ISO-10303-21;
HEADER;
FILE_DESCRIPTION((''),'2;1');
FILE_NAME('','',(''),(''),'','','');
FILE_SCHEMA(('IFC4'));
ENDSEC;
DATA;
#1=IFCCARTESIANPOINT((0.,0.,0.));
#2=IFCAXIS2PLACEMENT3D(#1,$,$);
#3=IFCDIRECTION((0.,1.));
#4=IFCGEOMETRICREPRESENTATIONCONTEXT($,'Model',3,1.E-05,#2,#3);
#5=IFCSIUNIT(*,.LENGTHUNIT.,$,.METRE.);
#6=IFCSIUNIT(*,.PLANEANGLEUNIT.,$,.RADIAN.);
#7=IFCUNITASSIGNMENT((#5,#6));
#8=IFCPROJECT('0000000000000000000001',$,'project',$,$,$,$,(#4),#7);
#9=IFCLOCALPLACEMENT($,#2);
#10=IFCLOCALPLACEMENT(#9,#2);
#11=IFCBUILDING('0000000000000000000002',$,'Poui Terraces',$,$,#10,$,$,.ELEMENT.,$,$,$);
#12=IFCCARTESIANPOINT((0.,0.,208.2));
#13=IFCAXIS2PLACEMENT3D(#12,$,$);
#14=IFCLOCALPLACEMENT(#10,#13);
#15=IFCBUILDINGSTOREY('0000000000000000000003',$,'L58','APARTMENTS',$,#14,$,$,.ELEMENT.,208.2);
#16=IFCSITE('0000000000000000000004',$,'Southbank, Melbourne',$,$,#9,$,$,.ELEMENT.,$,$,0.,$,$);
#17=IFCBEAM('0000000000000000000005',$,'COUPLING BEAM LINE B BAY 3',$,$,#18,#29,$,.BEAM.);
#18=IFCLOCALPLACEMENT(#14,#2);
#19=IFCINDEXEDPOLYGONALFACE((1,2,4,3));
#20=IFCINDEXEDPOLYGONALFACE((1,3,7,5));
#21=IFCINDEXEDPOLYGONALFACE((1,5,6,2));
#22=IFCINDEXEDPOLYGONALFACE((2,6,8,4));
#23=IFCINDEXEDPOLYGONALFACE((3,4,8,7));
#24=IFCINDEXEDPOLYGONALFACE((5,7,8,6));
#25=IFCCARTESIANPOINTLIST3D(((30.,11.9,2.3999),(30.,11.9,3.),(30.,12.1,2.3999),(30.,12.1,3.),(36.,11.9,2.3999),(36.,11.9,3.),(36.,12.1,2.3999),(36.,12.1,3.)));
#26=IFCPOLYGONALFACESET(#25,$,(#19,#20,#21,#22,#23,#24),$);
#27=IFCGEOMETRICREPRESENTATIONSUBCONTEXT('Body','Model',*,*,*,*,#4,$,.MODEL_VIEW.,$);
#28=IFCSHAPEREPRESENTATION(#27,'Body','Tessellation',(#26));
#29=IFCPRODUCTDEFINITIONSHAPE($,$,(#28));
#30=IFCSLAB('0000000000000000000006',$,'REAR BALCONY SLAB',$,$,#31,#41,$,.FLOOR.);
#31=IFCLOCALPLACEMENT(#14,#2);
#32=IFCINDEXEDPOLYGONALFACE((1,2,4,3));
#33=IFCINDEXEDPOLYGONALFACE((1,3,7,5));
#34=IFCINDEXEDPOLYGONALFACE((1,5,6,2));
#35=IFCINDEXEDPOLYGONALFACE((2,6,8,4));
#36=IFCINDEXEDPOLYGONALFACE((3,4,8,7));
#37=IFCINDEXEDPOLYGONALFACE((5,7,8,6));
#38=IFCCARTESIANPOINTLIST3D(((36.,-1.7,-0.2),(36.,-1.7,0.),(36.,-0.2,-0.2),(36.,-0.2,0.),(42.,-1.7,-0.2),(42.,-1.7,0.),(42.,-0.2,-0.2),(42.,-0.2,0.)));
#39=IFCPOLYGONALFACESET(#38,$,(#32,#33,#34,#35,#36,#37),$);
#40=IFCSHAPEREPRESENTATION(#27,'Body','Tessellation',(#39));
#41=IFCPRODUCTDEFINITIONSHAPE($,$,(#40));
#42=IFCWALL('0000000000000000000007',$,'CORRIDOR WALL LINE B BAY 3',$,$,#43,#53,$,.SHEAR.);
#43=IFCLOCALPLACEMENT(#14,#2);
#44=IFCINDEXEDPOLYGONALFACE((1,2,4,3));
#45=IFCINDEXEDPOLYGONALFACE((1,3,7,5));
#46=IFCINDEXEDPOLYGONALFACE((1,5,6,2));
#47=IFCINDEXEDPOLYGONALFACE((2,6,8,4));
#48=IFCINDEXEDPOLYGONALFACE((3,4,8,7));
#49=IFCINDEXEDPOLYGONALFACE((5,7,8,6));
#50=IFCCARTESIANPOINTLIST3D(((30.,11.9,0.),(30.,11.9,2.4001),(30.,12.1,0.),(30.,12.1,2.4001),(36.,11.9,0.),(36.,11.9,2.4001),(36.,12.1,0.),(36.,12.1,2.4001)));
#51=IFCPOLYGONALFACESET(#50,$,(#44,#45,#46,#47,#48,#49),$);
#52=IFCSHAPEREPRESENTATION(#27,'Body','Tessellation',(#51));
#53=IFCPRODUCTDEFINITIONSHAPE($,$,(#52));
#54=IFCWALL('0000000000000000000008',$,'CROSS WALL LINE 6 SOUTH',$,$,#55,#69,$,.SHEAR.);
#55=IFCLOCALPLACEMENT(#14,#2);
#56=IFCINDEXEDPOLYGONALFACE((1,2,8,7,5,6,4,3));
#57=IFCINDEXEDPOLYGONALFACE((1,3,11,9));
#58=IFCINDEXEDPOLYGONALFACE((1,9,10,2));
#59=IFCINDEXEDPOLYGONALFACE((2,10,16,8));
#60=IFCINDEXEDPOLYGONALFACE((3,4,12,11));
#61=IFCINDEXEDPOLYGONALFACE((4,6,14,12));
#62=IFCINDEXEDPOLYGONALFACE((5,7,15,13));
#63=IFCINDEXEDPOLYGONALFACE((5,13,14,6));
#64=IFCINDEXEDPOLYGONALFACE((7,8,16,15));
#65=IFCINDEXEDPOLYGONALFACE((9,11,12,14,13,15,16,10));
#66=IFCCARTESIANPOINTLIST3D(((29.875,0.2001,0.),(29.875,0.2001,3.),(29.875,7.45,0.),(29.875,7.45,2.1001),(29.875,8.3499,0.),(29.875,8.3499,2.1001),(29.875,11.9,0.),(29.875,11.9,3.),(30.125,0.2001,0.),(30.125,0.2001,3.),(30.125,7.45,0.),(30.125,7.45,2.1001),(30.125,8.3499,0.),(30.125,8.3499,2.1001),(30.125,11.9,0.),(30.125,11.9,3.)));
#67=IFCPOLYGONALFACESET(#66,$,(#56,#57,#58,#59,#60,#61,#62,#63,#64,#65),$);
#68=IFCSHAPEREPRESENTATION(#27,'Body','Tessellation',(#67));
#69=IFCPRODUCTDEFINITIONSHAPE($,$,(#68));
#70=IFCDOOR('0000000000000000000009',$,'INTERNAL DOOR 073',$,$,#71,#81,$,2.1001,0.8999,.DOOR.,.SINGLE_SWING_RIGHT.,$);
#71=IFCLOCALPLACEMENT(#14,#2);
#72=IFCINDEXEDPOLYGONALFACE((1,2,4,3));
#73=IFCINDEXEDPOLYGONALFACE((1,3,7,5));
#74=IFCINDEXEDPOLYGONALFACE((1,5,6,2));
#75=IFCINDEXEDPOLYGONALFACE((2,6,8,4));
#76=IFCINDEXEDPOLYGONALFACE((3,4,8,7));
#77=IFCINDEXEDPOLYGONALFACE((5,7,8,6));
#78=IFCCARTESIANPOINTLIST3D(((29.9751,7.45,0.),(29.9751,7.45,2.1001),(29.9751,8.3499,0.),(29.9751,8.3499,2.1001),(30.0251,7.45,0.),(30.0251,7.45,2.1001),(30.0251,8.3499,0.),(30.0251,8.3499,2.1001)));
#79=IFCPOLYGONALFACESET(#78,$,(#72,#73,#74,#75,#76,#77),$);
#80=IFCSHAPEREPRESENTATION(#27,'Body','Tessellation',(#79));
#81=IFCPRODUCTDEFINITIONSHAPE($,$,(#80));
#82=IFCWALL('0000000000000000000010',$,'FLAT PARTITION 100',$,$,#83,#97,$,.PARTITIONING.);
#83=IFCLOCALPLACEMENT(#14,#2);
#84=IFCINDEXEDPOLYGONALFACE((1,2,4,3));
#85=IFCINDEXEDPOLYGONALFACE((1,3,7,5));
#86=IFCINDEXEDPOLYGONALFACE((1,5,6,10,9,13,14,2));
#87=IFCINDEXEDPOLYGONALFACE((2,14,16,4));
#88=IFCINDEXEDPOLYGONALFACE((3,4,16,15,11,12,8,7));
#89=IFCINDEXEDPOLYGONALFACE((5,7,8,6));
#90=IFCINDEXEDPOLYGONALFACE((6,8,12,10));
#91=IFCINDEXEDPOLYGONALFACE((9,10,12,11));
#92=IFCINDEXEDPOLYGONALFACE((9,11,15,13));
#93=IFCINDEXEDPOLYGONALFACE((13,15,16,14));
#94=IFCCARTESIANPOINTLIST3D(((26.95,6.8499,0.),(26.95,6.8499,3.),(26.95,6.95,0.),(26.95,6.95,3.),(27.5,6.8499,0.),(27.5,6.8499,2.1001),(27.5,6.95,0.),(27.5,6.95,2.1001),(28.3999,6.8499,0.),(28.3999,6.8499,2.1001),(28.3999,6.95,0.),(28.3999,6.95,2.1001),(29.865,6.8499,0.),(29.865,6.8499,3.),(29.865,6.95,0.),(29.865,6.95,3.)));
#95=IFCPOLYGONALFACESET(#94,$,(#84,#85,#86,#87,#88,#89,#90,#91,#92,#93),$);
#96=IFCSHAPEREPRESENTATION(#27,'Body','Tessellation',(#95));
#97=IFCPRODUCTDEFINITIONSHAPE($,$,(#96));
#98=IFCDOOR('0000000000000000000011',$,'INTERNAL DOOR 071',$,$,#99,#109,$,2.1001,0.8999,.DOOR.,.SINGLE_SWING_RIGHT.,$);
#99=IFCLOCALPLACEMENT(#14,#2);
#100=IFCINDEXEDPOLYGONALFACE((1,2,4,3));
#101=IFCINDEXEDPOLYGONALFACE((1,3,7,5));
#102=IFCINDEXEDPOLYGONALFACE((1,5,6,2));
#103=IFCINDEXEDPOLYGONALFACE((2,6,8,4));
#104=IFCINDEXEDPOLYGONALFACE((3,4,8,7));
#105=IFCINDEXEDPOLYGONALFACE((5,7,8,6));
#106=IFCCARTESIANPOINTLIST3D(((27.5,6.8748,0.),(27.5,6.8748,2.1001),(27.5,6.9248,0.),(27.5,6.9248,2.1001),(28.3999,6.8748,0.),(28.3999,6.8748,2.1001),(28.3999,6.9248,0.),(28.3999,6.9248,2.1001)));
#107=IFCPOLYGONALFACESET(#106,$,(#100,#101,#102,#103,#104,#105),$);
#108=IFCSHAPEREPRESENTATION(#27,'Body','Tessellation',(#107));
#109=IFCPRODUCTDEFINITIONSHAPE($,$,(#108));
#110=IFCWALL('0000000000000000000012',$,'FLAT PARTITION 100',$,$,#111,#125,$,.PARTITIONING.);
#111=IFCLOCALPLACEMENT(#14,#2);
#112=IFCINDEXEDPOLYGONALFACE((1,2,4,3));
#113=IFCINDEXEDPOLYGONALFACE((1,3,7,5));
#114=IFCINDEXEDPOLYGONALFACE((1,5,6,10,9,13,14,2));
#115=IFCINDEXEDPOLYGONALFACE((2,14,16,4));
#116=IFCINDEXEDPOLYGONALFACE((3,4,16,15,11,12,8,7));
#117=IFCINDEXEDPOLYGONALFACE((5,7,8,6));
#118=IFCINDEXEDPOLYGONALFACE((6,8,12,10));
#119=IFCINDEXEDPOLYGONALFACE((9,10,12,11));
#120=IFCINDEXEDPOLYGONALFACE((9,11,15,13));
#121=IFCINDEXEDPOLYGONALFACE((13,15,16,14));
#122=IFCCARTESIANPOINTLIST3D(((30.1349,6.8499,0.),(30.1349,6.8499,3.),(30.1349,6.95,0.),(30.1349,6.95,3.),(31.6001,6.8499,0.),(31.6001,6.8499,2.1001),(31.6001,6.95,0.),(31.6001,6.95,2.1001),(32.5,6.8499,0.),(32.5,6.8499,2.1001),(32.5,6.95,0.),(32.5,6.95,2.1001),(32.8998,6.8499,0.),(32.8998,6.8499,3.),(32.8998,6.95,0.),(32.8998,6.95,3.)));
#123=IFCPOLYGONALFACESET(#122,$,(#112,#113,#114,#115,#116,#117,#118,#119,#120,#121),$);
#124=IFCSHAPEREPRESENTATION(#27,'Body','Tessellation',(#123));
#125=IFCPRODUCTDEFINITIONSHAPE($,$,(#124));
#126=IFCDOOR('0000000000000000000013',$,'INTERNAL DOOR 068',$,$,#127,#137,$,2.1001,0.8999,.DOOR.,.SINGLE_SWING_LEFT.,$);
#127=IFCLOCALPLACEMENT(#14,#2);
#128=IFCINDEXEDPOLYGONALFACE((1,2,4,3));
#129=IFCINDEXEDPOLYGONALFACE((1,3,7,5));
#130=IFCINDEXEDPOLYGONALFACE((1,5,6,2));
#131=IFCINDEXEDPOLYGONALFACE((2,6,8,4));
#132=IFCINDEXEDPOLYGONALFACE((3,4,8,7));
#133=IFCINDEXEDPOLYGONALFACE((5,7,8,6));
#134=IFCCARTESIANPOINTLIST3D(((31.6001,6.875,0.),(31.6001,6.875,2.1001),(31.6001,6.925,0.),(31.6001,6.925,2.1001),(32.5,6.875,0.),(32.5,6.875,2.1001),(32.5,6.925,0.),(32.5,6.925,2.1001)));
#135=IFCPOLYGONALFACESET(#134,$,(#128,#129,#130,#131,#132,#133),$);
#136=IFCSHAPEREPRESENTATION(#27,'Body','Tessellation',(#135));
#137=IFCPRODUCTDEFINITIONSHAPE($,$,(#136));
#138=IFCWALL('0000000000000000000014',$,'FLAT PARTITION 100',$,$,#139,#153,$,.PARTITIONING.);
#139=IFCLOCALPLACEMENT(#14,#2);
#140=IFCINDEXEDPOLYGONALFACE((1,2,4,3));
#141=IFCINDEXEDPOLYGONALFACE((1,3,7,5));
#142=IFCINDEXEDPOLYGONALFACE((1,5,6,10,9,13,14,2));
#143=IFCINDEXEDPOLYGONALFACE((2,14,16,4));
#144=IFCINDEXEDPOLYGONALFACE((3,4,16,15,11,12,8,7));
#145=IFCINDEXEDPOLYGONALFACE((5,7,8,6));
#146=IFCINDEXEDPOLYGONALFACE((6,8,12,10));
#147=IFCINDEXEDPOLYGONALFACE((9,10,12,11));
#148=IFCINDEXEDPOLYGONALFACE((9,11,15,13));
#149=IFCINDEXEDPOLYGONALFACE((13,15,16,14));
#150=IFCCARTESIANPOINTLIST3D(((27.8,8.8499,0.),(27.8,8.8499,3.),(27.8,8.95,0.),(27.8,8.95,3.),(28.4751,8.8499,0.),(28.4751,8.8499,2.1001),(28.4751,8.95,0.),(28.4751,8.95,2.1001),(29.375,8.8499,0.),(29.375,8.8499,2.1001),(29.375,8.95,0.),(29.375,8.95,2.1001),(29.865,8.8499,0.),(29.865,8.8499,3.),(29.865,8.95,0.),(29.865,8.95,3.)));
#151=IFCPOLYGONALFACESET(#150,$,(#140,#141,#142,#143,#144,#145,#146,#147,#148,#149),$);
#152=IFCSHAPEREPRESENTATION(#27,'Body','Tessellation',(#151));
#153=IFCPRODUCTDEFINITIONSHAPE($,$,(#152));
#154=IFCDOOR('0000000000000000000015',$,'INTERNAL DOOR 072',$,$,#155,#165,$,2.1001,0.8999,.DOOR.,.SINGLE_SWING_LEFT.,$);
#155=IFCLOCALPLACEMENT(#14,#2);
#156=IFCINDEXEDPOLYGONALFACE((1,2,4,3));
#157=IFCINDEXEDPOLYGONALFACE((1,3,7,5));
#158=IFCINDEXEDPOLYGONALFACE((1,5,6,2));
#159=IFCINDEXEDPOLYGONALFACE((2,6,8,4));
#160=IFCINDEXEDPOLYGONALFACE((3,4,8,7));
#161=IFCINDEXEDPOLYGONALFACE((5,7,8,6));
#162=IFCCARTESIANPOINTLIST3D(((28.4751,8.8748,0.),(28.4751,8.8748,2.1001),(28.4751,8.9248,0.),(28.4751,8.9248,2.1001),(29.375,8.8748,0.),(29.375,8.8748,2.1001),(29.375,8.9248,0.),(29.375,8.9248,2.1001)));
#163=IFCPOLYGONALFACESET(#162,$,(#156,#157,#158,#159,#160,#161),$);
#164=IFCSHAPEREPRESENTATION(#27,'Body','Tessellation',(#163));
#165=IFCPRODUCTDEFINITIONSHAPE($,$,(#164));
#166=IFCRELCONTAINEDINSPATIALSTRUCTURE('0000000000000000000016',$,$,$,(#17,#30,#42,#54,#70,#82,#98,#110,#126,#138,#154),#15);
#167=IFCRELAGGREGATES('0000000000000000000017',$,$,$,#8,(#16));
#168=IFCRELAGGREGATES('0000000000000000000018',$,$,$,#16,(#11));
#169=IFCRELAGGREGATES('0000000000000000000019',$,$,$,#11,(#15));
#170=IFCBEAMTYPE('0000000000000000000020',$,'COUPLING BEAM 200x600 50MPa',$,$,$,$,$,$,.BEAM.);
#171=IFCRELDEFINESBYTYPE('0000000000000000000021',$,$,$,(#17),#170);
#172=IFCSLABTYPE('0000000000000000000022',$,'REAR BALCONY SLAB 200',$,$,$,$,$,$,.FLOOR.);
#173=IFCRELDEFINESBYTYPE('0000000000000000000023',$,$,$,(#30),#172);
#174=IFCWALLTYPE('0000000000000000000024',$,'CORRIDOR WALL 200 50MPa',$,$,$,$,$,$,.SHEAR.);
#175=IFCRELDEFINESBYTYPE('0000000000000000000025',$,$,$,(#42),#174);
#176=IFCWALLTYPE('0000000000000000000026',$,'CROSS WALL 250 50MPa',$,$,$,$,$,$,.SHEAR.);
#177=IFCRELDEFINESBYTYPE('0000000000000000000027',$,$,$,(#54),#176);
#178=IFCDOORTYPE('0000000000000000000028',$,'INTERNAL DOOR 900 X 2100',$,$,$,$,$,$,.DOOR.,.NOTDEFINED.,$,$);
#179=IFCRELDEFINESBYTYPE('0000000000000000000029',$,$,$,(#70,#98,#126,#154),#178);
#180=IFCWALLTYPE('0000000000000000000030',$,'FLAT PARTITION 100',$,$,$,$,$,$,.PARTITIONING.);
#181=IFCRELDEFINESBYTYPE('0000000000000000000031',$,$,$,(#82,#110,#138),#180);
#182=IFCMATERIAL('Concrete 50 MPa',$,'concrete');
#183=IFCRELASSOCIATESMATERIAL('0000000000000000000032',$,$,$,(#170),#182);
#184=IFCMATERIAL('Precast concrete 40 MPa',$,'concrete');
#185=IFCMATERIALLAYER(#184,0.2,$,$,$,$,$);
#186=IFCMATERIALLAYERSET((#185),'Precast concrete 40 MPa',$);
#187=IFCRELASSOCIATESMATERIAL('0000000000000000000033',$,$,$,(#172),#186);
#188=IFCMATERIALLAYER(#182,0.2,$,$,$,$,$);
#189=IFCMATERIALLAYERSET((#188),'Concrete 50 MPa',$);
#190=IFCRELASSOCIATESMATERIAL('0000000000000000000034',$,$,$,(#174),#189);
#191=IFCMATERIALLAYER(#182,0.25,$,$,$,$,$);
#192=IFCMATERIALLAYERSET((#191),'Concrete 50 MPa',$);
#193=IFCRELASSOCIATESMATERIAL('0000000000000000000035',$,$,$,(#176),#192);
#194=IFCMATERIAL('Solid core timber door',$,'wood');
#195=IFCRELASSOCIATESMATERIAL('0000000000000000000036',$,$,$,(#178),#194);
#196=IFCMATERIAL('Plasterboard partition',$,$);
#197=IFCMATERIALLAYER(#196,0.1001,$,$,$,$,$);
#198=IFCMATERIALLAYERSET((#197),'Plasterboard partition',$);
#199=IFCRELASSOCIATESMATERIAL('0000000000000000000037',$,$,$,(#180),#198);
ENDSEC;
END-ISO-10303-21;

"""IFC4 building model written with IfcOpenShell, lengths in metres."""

from ifc_helpers import new_model, si_unit, direction, frame, frame_2d, origin, origin_2d, place, context, subcontext, project, spatial, polyline, rectangle, outline, extrude, source, transform, mapped, material, layer, layer_set, material_profile, profile_set, type_object, element, fill, save


model = new_model("IFC4")

# Units and contexts
model_context = context("Model", 3, precision=1e-05, world=origin(), true_north=direction((0.0, 1.0)))
body_context = subcontext(model_context, "Body", "Model", "MODEL_VIEW")
ifc_project = project(units=[si_unit("LENGTHUNIT", "METRE"), si_unit("PLANEANGLEUNIT", "RADIAN")], contexts=[model_context])

# Site, building, storey
site_placement = place(None, origin())
site = spatial("IfcSite", under=ifc_project, at=site_placement, Name="Southbank, Melbourne", CompositionType="ELEMENT", RefElevation=0.0)
building_placement = place(site_placement, origin())
building = spatial("IfcBuilding", under=site, at=building_placement, Name="Poui Terraces", CompositionType="ELEMENT")
storey_placement = place(building_placement, frame((0.0, 0.0, 208.2)))
storey = spatial("IfcBuildingStorey", under=building, at=storey_placement, Name="L58", Description="APARTMENTS", CompositionType="ELEMENT", Elevation=208.2)

# Beam
ifc_material_1 = material(Name="Concrete 50 MPa", Category="concrete")
ifc_material_profile_1 = material_profile(ifc_material_1, rectangle(XDim=0.2, YDim=0.6001, at=origin_2d()), Name="RC 200x600")
ifc_profile_set_1 = profile_set([ifc_material_profile_1], Name="Concrete 50 MPa")
beam_type = type_object("IfcBeamType", Name="COUPLING BEAM 200x600 50MPa", PredefinedType="BEAM", material=ifc_profile_set_1)
shared_shape_1 = source(origin(), body_context, "Body", "SweptSolid", [
    extrude(rectangle(XDim=0.2, YDim=0.6001, at=origin_2d()), origin(), (0.0, 0.0, 1.0), 6.0),
])
beam_placement = place(storey_placement, frame((30.0, 12.0, 2.7), z_axis=(1.0, 0.0, 0.0), x_axis=(0.0, 1.0, 0.0)))
element("IfcBeam", 1, at=beam_placement, inside=storey, type_object=beam_type, Name="COUPLING BEAM LINE B BAY 3", PredefinedType="BEAM", context=body_context, shape_type="MappedRepresentation", body=[
    mapped(shared_shape_1, transform((0.0, 0.0, 0.0))),
])

# Slab
ifc_material_2 = material(Name="Precast concrete 40 MPa", Category="concrete")
ifc_layer_1 = layer(ifc_material_2, 0.2)
ifc_layer_set_1 = layer_set([ifc_layer_1], Name="Precast concrete 40 MPa")
slab_type = type_object("IfcSlabType", Name="REAR BALCONY SLAB 200", PredefinedType="FLOOR", material=ifc_layer_set_1)
shared_shape_2 = source(origin(), body_context, "Body", "SweptSolid", [
    extrude(outline(polyline([(0.0, 0.0), (6.0, 0.0), (6.0, 1.5), (0.0, 1.5), (0.0, 0.0)])), origin(), (0.0, 0.0, 1.0), 0.2),
])
slab_placement = place(storey_placement, frame((36.0, -1.7, -0.2)))
element("IfcSlab", 2, at=slab_placement, inside=storey, type_object=slab_type, Name="REAR BALCONY SLAB", PredefinedType="FLOOR", context=body_context, shape_type="MappedRepresentation", body=[
    mapped(shared_shape_2, transform((0.0, 0.0, 0.0))),
])

# Wall
ifc_layer_2 = layer(ifc_material_1, 0.2)
ifc_layer_set_2 = layer_set([ifc_layer_2], Name="Concrete 50 MPa")
wall_type_1 = type_object("IfcWallType", Name="CORRIDOR WALL 200 50MPa", PredefinedType="SHEAR", material=ifc_layer_set_2)
wall_1_placement = place(storey_placement, frame((30.0, 12.0, 0.0), z_axis=(0.0, 0.0, 1.0), x_axis=(1.0, 0.0, 0.0)))
element("IfcWall", 3, at=wall_1_placement, inside=storey, type_object=wall_type_1, Name="CORRIDOR WALL LINE B BAY 3", PredefinedType="SHEAR", context=body_context, shape_type="SweptSolid", body=[
    extrude(rectangle(XDim=6.0, YDim=0.2, at=frame_2d((3.0, 0.0))), origin(), (0.0, 0.0, 1.0), 2.4001),
])

# Walls, openings, doors
ifc_layer_3 = layer(ifc_material_1, 0.25)
ifc_layer_set_3 = layer_set([ifc_layer_3], Name="Concrete 50 MPa")
wall_type_2 = type_object("IfcWallType", Name="CROSS WALL 250 50MPa", PredefinedType="SHEAR", material=ifc_layer_set_3)
wall_2_placement = place(storey_placement, frame((30.0, 0.2, 0.0), z_axis=(0.0, 0.0, 1.0), x_axis=(0.0, 1.0, 0.0)))
wall_2 = element("IfcWall", 4, at=wall_2_placement, inside=storey, type_object=wall_type_2, Name="CROSS WALL LINE 6 SOUTH", PredefinedType="SHEAR", context=body_context, shape_type="SweptSolid", body=[
    extrude(rectangle(XDim=11.7, YDim=0.25, at=frame_2d((5.8501, 0.0))), origin(), (0.0, 0.0, 1.0), 3.0),
])
opening_1_placement = place(wall_2_placement, frame((7.25, 0.0, 0.0)))
opening_1 = element("IfcOpeningElement", 5, at=opening_1_placement, cuts=wall_2, PredefinedType="OPENING", context=body_context, shape_type="SweptSolid", body=[
    extrude(rectangle(XDim=0.8999, YDim=2.1001, at=frame_2d((0.45, 1.05))), frame((0.0, 0.135, 0.0), z_axis=(0.0, -1.0, 0.0), x_axis=(1.0, 0.0, 0.0)), (0.0, 0.0, 1.0), 0.27),
])
ifc_material_3 = material(Name="Solid core timber door", Category="wood")
door_type_1 = type_object("IfcDoorType", Name="INTERNAL DOOR 900 X 2100", OperationType="NOTDEFINED", PredefinedType="DOOR", material=ifc_material_3)
door_1_placement = place(opening_1_placement, origin())
door_1 = element("IfcDoor", 6, at=door_1_placement, inside=storey, type_object=door_type_1, Name="INTERNAL DOOR 073", OperationType="SINGLE_SWING_RIGHT", OverallHeight=2.1001, OverallWidth=0.8999, PredefinedType="DOOR", context=body_context, shape_type="SweptSolid", body=[
    extrude(rectangle(XDim=0.8999, YDim=2.1001, at=frame_2d((0.45, 1.05))), frame((0.0, 0.0249, 0.0), z_axis=(0.0, -1.0, 0.0), x_axis=(1.0, 0.0, 0.0)), (0.0, 0.0, 1.0), 0.05),
])
fill(opening_1, door_1)
ifc_material_4 = material(Name="Plasterboard partition")
ifc_layer_4 = layer(ifc_material_4, 0.1001)
ifc_layer_set_4 = layer_set([ifc_layer_4], Name="Plasterboard partition")
wall_type_3 = type_object("IfcWallType", Name="FLAT PARTITION 100", PredefinedType="PARTITIONING", material=ifc_layer_set_4)
wall_3_placement = place(storey_placement, frame((26.95, 6.8999, 0.0), z_axis=(0.0, 0.0, 1.0), x_axis=(1.0, 0.0, 0.0)))
wall_3 = element("IfcWall", 7, at=wall_3_placement, inside=storey, type_object=wall_type_3, Name="FLAT PARTITION 100", PredefinedType="PARTITIONING", context=body_context, shape_type="SweptSolid", body=[
    extrude(rectangle(XDim=2.915, YDim=0.1001, at=frame_2d((1.4575, 0.0))), origin(), (0.0, 0.0, 1.0), 3.0),
])
opening_2_placement = place(wall_3_placement, frame((0.55, 0.0, 0.0)))
opening_2 = element("IfcOpeningElement", 8, at=opening_2_placement, cuts=wall_3, PredefinedType="OPENING", context=body_context, shape_type="SweptSolid", body=[
    extrude(rectangle(XDim=0.8999, YDim=2.1001, at=frame_2d((0.45, 1.05))), frame((0.0, 0.0601, 0.0), z_axis=(0.0, -1.0, 0.0), x_axis=(1.0, 0.0, 0.0)), (0.0, 0.0, 1.0), 0.1201),
])
door_2_placement = place(opening_2_placement, origin())
door_2 = element("IfcDoor", 9, at=door_2_placement, inside=storey, type_object=door_type_1, Name="INTERNAL DOOR 071", OperationType="SINGLE_SWING_RIGHT", OverallHeight=2.1001, OverallWidth=0.8999, PredefinedType="DOOR", context=body_context, shape_type="SweptSolid", body=[
    extrude(rectangle(XDim=0.8999, YDim=2.1001, at=frame_2d((0.45, 1.05))), frame((0.0, 0.0249, 0.0), z_axis=(0.0, -1.0, 0.0), x_axis=(1.0, 0.0, 0.0)), (0.0, 0.0, 1.0), 0.05),
])
fill(opening_2, door_2)
wall_4_placement = place(storey_placement, frame((30.135, 6.8999, 0.0), z_axis=(0.0, 0.0, 1.0), x_axis=(1.0, 0.0, 0.0)))
wall_4 = element("IfcWall", 10, at=wall_4_placement, inside=storey, type_object=wall_type_3, Name="FLAT PARTITION 100", PredefinedType="PARTITIONING", context=body_context, shape_type="SweptSolid", body=[
    extrude(rectangle(XDim=2.7649, YDim=0.1001, at=frame_2d((1.3823, 0.0))), origin(), (0.0, 0.0, 1.0), 3.0),
])
opening_3_placement = place(wall_4_placement, frame((1.4651, 0.0, 0.0)))
opening_3 = element("IfcOpeningElement", 11, at=opening_3_placement, cuts=wall_4, PredefinedType="OPENING", context=body_context, shape_type="SweptSolid", body=[
    extrude(rectangle(XDim=0.8999, YDim=2.1001, at=frame_2d((0.45, 1.05))), frame((0.0, 0.0601, 0.0), z_axis=(0.0, -1.0, 0.0), x_axis=(1.0, 0.0, 0.0)), (0.0, 0.0, 1.0), 0.1201),
])
door_3_placement = place(opening_3_placement, frame((0.8999, 0.0, 0.0), z_axis=(0.0, 0.0, 1.0), x_axis=(-1.0, 0.0, 0.0)))
door_3 = element("IfcDoor", 12, at=door_3_placement, inside=storey, type_object=door_type_1, Name="INTERNAL DOOR 068", OperationType="SINGLE_SWING_LEFT", OverallHeight=2.1001, OverallWidth=0.8999, PredefinedType="DOOR", context=body_context, shape_type="SweptSolid", body=[
    extrude(rectangle(XDim=0.8999, YDim=2.1001, at=frame_2d((0.45, 1.05))), frame((0.0, 0.0249, 0.0), z_axis=(0.0, -1.0, 0.0), x_axis=(1.0, 0.0, 0.0)), (0.0, 0.0, 1.0), 0.05),
])
fill(opening_3, door_3)
wall_5_placement = place(storey_placement, frame((27.8, 8.8999, 0.0), z_axis=(0.0, 0.0, 1.0), x_axis=(1.0, 0.0, 0.0)))
wall_5 = element("IfcWall", 13, at=wall_5_placement, inside=storey, type_object=wall_type_3, Name="FLAT PARTITION 100", PredefinedType="PARTITIONING", context=body_context, shape_type="SweptSolid", body=[
    extrude(rectangle(XDim=2.0649, YDim=0.1001, at=frame_2d((1.0325, 0.0))), origin(), (0.0, 0.0, 1.0), 3.0),
])
opening_4_placement = place(wall_5_placement, frame((0.675, 0.0, 0.0)))
opening_4 = element("IfcOpeningElement", 14, at=opening_4_placement, cuts=wall_5, PredefinedType="OPENING", context=body_context, shape_type="SweptSolid", body=[
    extrude(rectangle(XDim=0.8999, YDim=2.1001, at=frame_2d((0.45, 1.05))), frame((0.0, 0.0601, 0.0), z_axis=(0.0, -1.0, 0.0), x_axis=(1.0, 0.0, 0.0)), (0.0, 0.0, 1.0), 0.1201),
])
door_4_placement = place(opening_4_placement, origin())
door_4 = element("IfcDoor", 15, at=door_4_placement, inside=storey, type_object=door_type_1, Name="INTERNAL DOOR 072", OperationType="SINGLE_SWING_LEFT", OverallHeight=2.1001, OverallWidth=0.8999, PredefinedType="DOOR", context=body_context, shape_type="SweptSolid", body=[
    extrude(rectangle(XDim=0.8999, YDim=2.1001, at=frame_2d((0.45, 1.05))), frame((0.0, 0.0249, 0.0), z_axis=(0.0, -1.0, 0.0), x_axis=(1.0, 0.0, 0.0)), (0.0, 0.0, 1.0), 0.05),
])
fill(opening_4, door_4)

save(model, "model.ifc")
